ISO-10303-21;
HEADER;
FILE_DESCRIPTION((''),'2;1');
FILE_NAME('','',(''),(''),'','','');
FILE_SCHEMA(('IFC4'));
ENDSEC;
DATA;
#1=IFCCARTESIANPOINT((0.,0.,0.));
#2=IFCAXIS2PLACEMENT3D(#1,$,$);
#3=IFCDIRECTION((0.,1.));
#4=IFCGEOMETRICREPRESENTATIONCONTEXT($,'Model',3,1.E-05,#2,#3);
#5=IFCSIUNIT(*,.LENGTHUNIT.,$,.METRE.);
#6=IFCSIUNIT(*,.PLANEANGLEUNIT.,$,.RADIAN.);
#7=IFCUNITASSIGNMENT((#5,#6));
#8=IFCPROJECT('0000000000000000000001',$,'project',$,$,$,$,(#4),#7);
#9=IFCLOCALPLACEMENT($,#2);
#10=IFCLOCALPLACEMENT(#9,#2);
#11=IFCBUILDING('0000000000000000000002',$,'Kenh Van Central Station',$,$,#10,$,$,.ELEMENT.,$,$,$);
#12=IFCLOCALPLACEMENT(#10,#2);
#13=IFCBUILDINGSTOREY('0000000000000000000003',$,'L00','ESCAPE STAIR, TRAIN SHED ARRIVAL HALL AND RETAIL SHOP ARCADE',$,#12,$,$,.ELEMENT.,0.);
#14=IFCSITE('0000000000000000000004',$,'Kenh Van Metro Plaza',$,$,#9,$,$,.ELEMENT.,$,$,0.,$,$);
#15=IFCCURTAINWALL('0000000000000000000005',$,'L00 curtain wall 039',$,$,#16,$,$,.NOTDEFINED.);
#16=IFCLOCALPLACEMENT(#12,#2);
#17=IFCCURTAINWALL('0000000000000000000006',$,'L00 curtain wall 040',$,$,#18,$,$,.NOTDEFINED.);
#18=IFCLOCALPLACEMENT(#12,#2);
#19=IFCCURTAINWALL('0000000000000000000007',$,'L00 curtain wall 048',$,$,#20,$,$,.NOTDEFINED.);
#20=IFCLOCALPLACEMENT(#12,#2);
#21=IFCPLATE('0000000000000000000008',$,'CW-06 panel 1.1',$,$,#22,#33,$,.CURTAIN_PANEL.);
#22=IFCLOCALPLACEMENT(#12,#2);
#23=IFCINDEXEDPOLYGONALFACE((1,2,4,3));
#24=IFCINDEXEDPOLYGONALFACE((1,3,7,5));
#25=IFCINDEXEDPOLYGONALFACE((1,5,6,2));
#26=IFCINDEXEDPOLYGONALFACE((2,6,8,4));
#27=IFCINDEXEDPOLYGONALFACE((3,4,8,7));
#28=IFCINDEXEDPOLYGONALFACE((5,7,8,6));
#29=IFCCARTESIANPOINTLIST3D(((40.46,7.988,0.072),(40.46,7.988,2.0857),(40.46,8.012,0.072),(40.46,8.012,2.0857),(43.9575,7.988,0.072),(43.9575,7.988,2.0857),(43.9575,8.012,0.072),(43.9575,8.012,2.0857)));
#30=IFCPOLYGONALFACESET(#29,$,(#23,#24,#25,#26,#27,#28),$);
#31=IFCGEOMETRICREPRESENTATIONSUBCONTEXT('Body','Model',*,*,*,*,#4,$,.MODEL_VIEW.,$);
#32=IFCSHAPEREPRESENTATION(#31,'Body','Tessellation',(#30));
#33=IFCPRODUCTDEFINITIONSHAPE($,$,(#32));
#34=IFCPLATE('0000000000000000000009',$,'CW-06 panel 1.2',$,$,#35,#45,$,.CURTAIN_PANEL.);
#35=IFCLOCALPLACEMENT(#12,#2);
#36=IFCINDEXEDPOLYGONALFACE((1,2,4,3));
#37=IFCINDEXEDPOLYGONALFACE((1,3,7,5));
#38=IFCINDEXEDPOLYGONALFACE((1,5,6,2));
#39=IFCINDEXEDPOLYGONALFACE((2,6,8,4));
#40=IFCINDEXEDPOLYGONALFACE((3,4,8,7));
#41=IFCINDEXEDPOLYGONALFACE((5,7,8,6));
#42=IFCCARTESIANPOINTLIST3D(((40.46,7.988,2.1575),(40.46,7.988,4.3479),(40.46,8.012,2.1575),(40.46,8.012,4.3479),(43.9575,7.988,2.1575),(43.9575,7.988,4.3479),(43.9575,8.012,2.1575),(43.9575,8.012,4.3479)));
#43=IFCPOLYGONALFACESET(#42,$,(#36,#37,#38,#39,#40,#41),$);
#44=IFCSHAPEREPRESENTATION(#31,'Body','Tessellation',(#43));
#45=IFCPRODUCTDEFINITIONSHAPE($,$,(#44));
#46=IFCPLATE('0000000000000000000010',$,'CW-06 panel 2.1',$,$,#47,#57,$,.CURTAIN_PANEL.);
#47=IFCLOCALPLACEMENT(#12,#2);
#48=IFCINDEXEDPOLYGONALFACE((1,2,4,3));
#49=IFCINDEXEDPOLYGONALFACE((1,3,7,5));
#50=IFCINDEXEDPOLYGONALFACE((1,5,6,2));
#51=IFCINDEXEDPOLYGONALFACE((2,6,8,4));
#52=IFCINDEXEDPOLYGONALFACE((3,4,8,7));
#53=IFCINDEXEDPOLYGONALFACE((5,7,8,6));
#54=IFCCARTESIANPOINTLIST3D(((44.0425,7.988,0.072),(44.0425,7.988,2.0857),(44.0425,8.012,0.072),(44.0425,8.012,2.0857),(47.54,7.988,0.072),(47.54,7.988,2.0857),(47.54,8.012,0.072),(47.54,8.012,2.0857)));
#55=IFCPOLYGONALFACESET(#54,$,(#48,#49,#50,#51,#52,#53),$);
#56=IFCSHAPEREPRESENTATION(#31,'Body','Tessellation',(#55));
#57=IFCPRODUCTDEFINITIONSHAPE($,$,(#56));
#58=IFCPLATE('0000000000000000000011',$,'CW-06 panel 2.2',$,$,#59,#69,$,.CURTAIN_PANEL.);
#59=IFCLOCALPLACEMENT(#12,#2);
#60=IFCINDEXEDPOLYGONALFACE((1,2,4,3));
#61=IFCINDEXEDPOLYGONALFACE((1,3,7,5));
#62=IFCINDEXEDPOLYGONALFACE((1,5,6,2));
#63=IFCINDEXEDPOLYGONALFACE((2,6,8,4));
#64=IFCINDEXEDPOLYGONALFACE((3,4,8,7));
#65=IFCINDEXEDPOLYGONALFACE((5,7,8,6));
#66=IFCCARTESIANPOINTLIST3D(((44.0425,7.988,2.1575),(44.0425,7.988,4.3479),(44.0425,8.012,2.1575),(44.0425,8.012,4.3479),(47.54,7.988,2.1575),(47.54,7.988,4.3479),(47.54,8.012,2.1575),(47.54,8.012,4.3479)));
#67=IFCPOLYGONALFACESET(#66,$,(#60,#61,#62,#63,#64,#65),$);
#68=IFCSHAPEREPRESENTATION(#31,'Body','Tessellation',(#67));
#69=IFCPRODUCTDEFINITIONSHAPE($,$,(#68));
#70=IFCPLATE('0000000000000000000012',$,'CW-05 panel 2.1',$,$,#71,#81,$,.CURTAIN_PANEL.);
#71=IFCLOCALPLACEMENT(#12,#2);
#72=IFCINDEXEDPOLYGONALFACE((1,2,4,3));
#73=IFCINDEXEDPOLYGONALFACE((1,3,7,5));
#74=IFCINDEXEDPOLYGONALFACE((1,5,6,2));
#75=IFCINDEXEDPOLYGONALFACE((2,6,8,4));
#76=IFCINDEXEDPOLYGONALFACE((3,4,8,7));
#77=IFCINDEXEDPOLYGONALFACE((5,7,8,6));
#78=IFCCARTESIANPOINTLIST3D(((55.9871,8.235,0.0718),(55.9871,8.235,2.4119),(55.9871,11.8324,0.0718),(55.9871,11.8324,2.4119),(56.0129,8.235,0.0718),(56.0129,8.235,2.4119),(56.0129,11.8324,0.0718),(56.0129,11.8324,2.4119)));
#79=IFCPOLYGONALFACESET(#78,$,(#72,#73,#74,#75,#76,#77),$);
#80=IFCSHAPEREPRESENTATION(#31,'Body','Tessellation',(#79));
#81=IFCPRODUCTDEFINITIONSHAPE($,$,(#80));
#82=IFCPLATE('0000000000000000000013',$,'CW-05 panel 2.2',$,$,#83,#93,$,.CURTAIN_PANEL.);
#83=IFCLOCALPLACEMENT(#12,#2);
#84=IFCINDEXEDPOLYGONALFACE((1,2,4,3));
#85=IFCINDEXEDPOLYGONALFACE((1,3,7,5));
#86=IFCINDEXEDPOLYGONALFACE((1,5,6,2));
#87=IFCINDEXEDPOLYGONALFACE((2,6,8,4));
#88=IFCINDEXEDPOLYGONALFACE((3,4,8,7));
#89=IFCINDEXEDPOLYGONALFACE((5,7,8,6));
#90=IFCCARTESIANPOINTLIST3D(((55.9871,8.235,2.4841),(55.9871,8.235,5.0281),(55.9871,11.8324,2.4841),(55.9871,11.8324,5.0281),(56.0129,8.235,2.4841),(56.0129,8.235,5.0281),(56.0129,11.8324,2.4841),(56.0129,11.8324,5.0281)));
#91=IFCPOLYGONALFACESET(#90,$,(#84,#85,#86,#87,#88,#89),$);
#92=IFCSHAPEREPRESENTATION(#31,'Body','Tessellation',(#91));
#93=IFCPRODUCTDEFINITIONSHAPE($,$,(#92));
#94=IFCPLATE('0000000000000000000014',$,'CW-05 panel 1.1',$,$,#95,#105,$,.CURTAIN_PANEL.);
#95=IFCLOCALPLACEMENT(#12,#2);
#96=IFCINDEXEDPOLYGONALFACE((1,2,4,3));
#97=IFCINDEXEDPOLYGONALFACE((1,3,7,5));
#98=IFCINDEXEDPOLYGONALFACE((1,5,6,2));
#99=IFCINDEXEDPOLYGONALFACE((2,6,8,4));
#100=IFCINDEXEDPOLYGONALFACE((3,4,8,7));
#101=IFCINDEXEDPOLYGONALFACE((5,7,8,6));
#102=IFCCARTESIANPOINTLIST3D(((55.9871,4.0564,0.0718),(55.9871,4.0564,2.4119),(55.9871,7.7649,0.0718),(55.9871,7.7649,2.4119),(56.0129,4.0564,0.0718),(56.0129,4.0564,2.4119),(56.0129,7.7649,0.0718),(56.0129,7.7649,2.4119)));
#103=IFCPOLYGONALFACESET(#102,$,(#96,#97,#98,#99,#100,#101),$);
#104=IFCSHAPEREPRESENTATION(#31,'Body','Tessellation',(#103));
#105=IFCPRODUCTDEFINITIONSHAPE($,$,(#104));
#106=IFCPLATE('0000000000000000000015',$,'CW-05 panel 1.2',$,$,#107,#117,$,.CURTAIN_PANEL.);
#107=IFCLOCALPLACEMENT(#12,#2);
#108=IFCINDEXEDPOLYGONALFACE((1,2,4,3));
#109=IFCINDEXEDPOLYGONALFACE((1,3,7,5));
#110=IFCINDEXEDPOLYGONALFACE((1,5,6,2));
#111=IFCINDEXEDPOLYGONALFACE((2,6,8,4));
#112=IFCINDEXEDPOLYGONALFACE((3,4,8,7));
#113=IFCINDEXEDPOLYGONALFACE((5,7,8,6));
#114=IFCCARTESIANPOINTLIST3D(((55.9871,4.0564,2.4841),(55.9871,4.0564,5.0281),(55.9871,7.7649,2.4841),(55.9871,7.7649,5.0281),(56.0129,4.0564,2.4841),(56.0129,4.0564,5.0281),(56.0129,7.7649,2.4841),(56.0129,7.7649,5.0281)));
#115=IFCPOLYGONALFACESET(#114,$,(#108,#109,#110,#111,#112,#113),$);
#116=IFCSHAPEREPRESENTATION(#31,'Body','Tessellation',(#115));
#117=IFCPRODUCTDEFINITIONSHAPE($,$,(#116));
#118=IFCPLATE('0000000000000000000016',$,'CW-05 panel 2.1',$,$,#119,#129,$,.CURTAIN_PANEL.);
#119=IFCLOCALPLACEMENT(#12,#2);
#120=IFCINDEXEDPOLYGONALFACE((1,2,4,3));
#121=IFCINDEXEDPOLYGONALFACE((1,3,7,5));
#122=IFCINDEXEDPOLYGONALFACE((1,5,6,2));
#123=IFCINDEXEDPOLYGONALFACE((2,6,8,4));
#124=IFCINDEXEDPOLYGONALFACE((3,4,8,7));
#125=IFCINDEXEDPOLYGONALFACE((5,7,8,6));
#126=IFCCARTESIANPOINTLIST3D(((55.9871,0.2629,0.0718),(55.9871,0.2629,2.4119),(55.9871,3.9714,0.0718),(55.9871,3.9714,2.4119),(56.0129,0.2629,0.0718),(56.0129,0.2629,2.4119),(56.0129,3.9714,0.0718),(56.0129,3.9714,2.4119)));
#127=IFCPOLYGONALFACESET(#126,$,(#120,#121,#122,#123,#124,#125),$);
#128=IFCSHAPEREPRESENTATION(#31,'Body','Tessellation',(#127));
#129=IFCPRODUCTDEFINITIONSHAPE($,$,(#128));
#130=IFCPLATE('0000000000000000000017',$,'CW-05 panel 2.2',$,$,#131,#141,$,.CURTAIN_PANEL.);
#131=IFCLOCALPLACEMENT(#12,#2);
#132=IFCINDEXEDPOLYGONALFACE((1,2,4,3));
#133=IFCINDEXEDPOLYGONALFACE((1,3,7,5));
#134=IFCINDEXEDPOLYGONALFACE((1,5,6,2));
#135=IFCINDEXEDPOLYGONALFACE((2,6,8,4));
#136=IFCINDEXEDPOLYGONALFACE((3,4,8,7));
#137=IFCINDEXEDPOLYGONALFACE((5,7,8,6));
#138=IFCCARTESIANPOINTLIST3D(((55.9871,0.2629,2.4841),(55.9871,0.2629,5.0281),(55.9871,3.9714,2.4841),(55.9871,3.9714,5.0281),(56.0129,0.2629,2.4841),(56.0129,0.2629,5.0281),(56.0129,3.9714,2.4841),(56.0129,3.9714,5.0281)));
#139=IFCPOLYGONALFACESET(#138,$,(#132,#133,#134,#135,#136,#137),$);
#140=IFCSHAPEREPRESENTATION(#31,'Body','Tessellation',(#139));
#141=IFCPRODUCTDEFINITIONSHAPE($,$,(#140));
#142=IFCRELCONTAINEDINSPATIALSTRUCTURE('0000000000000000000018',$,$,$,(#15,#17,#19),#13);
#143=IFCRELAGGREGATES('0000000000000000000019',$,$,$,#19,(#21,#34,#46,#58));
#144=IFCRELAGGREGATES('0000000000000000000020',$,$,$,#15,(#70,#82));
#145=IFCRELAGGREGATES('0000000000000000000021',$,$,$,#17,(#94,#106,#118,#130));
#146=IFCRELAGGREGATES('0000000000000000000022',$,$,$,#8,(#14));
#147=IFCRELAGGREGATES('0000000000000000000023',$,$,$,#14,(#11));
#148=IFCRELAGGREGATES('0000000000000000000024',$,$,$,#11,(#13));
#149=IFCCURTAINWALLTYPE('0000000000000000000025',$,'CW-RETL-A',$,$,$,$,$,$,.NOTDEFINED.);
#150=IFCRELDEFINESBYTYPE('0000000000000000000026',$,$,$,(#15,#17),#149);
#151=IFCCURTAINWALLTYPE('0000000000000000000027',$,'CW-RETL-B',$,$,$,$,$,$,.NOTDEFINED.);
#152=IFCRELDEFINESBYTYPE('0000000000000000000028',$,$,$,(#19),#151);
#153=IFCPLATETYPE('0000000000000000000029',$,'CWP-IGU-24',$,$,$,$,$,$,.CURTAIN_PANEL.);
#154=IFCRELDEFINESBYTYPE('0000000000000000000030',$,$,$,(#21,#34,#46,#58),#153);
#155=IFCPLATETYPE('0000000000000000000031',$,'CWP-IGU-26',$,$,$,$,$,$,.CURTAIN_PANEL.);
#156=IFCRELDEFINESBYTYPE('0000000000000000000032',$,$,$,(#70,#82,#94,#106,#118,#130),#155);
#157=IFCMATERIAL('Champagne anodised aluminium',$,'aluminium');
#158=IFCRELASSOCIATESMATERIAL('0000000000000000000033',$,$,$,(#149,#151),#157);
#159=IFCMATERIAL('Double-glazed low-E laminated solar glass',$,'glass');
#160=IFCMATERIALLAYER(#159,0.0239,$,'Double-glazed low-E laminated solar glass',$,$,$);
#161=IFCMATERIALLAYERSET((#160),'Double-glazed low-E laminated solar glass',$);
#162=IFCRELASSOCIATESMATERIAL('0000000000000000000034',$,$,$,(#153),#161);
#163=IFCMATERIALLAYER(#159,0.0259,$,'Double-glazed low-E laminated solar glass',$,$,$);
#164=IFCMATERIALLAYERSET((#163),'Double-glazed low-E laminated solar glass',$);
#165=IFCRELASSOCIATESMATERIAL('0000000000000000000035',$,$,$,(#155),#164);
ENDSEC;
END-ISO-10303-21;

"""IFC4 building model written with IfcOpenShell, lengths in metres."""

from ifc_helpers import new_model, si_unit, direction, frame, origin, origin_2d, place, context, subcontext, project, spatial, rectangle, extrude, material, layer, layer_set, type_object, element, aggregate, save


model = new_model("IFC4")

# Units and contexts
model_context = context("Model", 3, precision=1e-05, world=origin(), true_north=direction((0.0, 1.0)))
body_context = subcontext(model_context, "Body", "Model", "MODEL_VIEW")
ifc_project = project(units=[si_unit("LENGTHUNIT", "METRE"), si_unit("PLANEANGLEUNIT", "RADIAN")], contexts=[model_context])

# Site, building, storey
site_placement = place(None, origin())
site = spatial("IfcSite", under=ifc_project, at=site_placement, Name="Kenh Van Metro Plaza", CompositionType="ELEMENT", RefElevation=0.0)
building_placement = place(site_placement, origin())
building = spatial("IfcBuilding", under=site, at=building_placement, Name="Kenh Van Central Station", CompositionType="ELEMENT")
storey_placement = place(building_placement, origin())
storey = spatial("IfcBuildingStorey", under=building, at=storey_placement, Name="L00", Description="ESCAPE STAIR, TRAIN SHED ARRIVAL HALL AND RETAIL SHOP ARCADE", CompositionType="ELEMENT", Elevation=0.0)

# Curtain wall
ifc_material_1 = material(Name="Champagne anodised aluminium", Category="aluminium")
curtain_wall_type_1 = type_object("IfcCurtainWallType", Name="CW-RETL-A", PredefinedType="NOTDEFINED", material=ifc_material_1)
curtain_wall_1_placement = place(storey_placement, origin())
curtain_wall_1 = element("IfcCurtainWall", 1, at=curtain_wall_1_placement, inside=storey, type_object=curtain_wall_type_1, Name="L00 curtain wall 039", PredefinedType="NOTDEFINED")

# Curtain walls
curtain_wall_2_placement = place(storey_placement, origin())
curtain_wall_2 = element("IfcCurtainWall", 2, at=curtain_wall_2_placement, inside=storey, type_object=curtain_wall_type_1, Name="L00 curtain wall 040", PredefinedType="NOTDEFINED")
curtain_wall_type_2 = type_object("IfcCurtainWallType", Name="CW-RETL-B", PredefinedType="NOTDEFINED", material=ifc_material_1)
curtain_wall_3_placement = place(storey_placement, origin())
curtain_wall_3 = element("IfcCurtainWall", 3, at=curtain_wall_3_placement, inside=storey, type_object=curtain_wall_type_2, Name="L00 curtain wall 048", PredefinedType="NOTDEFINED")

# Plates
ifc_material_2 = material(Name="Double-glazed low-E laminated solar glass", Category="glass")
ifc_layer_1 = layer(ifc_material_2, 0.0239, Name="Double-glazed low-E laminated solar glass")
ifc_layer_set_1 = layer_set([ifc_layer_1], Name="Double-glazed low-E laminated solar glass")
plate_type_1 = type_object("IfcPlateType", Name="CWP-IGU-24", PredefinedType="CURTAIN_PANEL", material=ifc_layer_set_1)
plate_1_placement = place(storey_placement, frame((42.2087, 8.0, 0.072), z_axis=(0.0, 0.0, 1.0), x_axis=(1.0, 0.0, 0.0)))
plate_1 = element("IfcPlate", 4, at=plate_1_placement, type_object=plate_type_1, Name="CW-06 panel 1.1", PredefinedType="CURTAIN_PANEL", context=body_context, shape_type="SweptSolid", body=[
    extrude(rectangle(XDim=3.4976, YDim=0.0239, at=origin_2d()), origin(), (0.0, 0.0, 1.0), 2.0137),
])
plate_2_placement = place(storey_placement, frame((42.2087, 8.0, 2.1575), z_axis=(0.0, 0.0, 1.0), x_axis=(1.0, 0.0, 0.0)))
plate_2 = element("IfcPlate", 5, at=plate_2_placement, type_object=plate_type_1, Name="CW-06 panel 1.2", PredefinedType="CURTAIN_PANEL", context=body_context, shape_type="SweptSolid", body=[
    extrude(rectangle(XDim=3.4976, YDim=0.0239, at=origin_2d()), origin(), (0.0, 0.0, 1.0), 2.1904),
])
plate_3_placement = place(storey_placement, frame((45.7913, 8.0, 0.072), z_axis=(0.0, 0.0, 1.0), x_axis=(1.0, 0.0, 0.0)))
plate_3 = element("IfcPlate", 6, at=plate_3_placement, type_object=plate_type_1, Name="CW-06 panel 2.1", PredefinedType="CURTAIN_PANEL", context=body_context, shape_type="SweptSolid", body=[
    extrude(rectangle(XDim=3.4976, YDim=0.0239, at=origin_2d()), origin(), (0.0, 0.0, 1.0), 2.0137),
])
plate_4_placement = place(storey_placement, frame((45.7913, 8.0, 2.1575), z_axis=(0.0, 0.0, 1.0), x_axis=(1.0, 0.0, 0.0)))
plate_4 = element("IfcPlate", 7, at=plate_4_placement, type_object=plate_type_1, Name="CW-06 panel 2.2", PredefinedType="CURTAIN_PANEL", context=body_context, shape_type="SweptSolid", body=[
    extrude(rectangle(XDim=3.4976, YDim=0.0239, at=origin_2d()), origin(), (0.0, 0.0, 1.0), 2.1904),
])
aggregate(curtain_wall_3, [plate_1, plate_2, plate_3, plate_4])
ifc_layer_2 = layer(ifc_material_2, 0.0259, Name="Double-glazed low-E laminated solar glass")
ifc_layer_set_2 = layer_set([ifc_layer_2], Name="Double-glazed low-E laminated solar glass")
plate_type_2 = type_object("IfcPlateType", Name="CWP-IGU-26", PredefinedType="CURTAIN_PANEL", material=ifc_layer_set_2)
plate_5_placement = place(storey_placement, frame((56.0, 10.0337, 0.0718), z_axis=(0.0, 0.0, 1.0), x_axis=(0.0, -1.0, 0.0)))
plate_5 = element("IfcPlate", 8, at=plate_5_placement, type_object=plate_type_2, Name="CW-05 panel 2.1", PredefinedType="CURTAIN_PANEL", context=body_context, shape_type="SweptSolid", body=[
    extrude(rectangle(XDim=3.5974, YDim=0.0259, at=origin_2d()), origin(), (0.0, 0.0, 1.0), 2.3401),
])
plate_6_placement = place(storey_placement, frame((56.0, 10.0337, 2.4841), z_axis=(0.0, 0.0, 1.0), x_axis=(0.0, -1.0, 0.0)))
plate_6 = element("IfcPlate", 9, at=plate_6_placement, type_object=plate_type_2, Name="CW-05 panel 2.2", PredefinedType="CURTAIN_PANEL", context=body_context, shape_type="SweptSolid", body=[
    extrude(rectangle(XDim=3.5974, YDim=0.0259, at=origin_2d()), origin(), (0.0, 0.0, 1.0), 2.5439),
])
aggregate(curtain_wall_1, [plate_5, plate_6])
plate_7_placement = place(storey_placement, frame((56.0, 5.9106, 0.0718), z_axis=(0.0, 0.0, 1.0), x_axis=(0.0, -1.0, 0.0)))
plate_7 = element("IfcPlate", 10, at=plate_7_placement, type_object=plate_type_2, Name="CW-05 panel 1.1", PredefinedType="CURTAIN_PANEL", context=body_context, shape_type="SweptSolid", body=[
    extrude(rectangle(XDim=3.7085, YDim=0.0259, at=origin_2d()), origin(), (0.0, 0.0, 1.0), 2.3401),
])
plate_8_placement = place(storey_placement, frame((56.0, 5.9106, 2.4841), z_axis=(0.0, 0.0, 1.0), x_axis=(0.0, -1.0, 0.0)))
plate_8 = element("IfcPlate", 11, at=plate_8_placement, type_object=plate_type_2, Name="CW-05 panel 1.2", PredefinedType="CURTAIN_PANEL", context=body_context, shape_type="SweptSolid", body=[
    extrude(rectangle(XDim=3.7085, YDim=0.0259, at=origin_2d()), origin(), (0.0, 0.0, 1.0), 2.5439),
])
plate_9_placement = place(storey_placement, frame((56.0, 2.1172, 0.0718), z_axis=(0.0, 0.0, 1.0), x_axis=(0.0, -1.0, 0.0)))
plate_9 = element("IfcPlate", 12, at=plate_9_placement, type_object=plate_type_2, Name="CW-05 panel 2.1", PredefinedType="CURTAIN_PANEL", context=body_context, shape_type="SweptSolid", body=[
    extrude(rectangle(XDim=3.7085, YDim=0.0259, at=origin_2d()), origin(), (0.0, 0.0, 1.0), 2.3401),
])
plate_10_placement = place(storey_placement, frame((56.0, 2.1172, 2.4841), z_axis=(0.0, 0.0, 1.0), x_axis=(0.0, -1.0, 0.0)))
plate_10 = element("IfcPlate", 13, at=plate_10_placement, type_object=plate_type_2, Name="CW-05 panel 2.2", PredefinedType="CURTAIN_PANEL", context=body_context, shape_type="SweptSolid", body=[
    extrude(rectangle(XDim=3.7085, YDim=0.0259, at=origin_2d()), origin(), (0.0, 0.0, 1.0), 2.5439),
])
aggregate(curtain_wall_2, [plate_7, plate_8, plate_9, plate_10])

save(model, "model.ifc")
